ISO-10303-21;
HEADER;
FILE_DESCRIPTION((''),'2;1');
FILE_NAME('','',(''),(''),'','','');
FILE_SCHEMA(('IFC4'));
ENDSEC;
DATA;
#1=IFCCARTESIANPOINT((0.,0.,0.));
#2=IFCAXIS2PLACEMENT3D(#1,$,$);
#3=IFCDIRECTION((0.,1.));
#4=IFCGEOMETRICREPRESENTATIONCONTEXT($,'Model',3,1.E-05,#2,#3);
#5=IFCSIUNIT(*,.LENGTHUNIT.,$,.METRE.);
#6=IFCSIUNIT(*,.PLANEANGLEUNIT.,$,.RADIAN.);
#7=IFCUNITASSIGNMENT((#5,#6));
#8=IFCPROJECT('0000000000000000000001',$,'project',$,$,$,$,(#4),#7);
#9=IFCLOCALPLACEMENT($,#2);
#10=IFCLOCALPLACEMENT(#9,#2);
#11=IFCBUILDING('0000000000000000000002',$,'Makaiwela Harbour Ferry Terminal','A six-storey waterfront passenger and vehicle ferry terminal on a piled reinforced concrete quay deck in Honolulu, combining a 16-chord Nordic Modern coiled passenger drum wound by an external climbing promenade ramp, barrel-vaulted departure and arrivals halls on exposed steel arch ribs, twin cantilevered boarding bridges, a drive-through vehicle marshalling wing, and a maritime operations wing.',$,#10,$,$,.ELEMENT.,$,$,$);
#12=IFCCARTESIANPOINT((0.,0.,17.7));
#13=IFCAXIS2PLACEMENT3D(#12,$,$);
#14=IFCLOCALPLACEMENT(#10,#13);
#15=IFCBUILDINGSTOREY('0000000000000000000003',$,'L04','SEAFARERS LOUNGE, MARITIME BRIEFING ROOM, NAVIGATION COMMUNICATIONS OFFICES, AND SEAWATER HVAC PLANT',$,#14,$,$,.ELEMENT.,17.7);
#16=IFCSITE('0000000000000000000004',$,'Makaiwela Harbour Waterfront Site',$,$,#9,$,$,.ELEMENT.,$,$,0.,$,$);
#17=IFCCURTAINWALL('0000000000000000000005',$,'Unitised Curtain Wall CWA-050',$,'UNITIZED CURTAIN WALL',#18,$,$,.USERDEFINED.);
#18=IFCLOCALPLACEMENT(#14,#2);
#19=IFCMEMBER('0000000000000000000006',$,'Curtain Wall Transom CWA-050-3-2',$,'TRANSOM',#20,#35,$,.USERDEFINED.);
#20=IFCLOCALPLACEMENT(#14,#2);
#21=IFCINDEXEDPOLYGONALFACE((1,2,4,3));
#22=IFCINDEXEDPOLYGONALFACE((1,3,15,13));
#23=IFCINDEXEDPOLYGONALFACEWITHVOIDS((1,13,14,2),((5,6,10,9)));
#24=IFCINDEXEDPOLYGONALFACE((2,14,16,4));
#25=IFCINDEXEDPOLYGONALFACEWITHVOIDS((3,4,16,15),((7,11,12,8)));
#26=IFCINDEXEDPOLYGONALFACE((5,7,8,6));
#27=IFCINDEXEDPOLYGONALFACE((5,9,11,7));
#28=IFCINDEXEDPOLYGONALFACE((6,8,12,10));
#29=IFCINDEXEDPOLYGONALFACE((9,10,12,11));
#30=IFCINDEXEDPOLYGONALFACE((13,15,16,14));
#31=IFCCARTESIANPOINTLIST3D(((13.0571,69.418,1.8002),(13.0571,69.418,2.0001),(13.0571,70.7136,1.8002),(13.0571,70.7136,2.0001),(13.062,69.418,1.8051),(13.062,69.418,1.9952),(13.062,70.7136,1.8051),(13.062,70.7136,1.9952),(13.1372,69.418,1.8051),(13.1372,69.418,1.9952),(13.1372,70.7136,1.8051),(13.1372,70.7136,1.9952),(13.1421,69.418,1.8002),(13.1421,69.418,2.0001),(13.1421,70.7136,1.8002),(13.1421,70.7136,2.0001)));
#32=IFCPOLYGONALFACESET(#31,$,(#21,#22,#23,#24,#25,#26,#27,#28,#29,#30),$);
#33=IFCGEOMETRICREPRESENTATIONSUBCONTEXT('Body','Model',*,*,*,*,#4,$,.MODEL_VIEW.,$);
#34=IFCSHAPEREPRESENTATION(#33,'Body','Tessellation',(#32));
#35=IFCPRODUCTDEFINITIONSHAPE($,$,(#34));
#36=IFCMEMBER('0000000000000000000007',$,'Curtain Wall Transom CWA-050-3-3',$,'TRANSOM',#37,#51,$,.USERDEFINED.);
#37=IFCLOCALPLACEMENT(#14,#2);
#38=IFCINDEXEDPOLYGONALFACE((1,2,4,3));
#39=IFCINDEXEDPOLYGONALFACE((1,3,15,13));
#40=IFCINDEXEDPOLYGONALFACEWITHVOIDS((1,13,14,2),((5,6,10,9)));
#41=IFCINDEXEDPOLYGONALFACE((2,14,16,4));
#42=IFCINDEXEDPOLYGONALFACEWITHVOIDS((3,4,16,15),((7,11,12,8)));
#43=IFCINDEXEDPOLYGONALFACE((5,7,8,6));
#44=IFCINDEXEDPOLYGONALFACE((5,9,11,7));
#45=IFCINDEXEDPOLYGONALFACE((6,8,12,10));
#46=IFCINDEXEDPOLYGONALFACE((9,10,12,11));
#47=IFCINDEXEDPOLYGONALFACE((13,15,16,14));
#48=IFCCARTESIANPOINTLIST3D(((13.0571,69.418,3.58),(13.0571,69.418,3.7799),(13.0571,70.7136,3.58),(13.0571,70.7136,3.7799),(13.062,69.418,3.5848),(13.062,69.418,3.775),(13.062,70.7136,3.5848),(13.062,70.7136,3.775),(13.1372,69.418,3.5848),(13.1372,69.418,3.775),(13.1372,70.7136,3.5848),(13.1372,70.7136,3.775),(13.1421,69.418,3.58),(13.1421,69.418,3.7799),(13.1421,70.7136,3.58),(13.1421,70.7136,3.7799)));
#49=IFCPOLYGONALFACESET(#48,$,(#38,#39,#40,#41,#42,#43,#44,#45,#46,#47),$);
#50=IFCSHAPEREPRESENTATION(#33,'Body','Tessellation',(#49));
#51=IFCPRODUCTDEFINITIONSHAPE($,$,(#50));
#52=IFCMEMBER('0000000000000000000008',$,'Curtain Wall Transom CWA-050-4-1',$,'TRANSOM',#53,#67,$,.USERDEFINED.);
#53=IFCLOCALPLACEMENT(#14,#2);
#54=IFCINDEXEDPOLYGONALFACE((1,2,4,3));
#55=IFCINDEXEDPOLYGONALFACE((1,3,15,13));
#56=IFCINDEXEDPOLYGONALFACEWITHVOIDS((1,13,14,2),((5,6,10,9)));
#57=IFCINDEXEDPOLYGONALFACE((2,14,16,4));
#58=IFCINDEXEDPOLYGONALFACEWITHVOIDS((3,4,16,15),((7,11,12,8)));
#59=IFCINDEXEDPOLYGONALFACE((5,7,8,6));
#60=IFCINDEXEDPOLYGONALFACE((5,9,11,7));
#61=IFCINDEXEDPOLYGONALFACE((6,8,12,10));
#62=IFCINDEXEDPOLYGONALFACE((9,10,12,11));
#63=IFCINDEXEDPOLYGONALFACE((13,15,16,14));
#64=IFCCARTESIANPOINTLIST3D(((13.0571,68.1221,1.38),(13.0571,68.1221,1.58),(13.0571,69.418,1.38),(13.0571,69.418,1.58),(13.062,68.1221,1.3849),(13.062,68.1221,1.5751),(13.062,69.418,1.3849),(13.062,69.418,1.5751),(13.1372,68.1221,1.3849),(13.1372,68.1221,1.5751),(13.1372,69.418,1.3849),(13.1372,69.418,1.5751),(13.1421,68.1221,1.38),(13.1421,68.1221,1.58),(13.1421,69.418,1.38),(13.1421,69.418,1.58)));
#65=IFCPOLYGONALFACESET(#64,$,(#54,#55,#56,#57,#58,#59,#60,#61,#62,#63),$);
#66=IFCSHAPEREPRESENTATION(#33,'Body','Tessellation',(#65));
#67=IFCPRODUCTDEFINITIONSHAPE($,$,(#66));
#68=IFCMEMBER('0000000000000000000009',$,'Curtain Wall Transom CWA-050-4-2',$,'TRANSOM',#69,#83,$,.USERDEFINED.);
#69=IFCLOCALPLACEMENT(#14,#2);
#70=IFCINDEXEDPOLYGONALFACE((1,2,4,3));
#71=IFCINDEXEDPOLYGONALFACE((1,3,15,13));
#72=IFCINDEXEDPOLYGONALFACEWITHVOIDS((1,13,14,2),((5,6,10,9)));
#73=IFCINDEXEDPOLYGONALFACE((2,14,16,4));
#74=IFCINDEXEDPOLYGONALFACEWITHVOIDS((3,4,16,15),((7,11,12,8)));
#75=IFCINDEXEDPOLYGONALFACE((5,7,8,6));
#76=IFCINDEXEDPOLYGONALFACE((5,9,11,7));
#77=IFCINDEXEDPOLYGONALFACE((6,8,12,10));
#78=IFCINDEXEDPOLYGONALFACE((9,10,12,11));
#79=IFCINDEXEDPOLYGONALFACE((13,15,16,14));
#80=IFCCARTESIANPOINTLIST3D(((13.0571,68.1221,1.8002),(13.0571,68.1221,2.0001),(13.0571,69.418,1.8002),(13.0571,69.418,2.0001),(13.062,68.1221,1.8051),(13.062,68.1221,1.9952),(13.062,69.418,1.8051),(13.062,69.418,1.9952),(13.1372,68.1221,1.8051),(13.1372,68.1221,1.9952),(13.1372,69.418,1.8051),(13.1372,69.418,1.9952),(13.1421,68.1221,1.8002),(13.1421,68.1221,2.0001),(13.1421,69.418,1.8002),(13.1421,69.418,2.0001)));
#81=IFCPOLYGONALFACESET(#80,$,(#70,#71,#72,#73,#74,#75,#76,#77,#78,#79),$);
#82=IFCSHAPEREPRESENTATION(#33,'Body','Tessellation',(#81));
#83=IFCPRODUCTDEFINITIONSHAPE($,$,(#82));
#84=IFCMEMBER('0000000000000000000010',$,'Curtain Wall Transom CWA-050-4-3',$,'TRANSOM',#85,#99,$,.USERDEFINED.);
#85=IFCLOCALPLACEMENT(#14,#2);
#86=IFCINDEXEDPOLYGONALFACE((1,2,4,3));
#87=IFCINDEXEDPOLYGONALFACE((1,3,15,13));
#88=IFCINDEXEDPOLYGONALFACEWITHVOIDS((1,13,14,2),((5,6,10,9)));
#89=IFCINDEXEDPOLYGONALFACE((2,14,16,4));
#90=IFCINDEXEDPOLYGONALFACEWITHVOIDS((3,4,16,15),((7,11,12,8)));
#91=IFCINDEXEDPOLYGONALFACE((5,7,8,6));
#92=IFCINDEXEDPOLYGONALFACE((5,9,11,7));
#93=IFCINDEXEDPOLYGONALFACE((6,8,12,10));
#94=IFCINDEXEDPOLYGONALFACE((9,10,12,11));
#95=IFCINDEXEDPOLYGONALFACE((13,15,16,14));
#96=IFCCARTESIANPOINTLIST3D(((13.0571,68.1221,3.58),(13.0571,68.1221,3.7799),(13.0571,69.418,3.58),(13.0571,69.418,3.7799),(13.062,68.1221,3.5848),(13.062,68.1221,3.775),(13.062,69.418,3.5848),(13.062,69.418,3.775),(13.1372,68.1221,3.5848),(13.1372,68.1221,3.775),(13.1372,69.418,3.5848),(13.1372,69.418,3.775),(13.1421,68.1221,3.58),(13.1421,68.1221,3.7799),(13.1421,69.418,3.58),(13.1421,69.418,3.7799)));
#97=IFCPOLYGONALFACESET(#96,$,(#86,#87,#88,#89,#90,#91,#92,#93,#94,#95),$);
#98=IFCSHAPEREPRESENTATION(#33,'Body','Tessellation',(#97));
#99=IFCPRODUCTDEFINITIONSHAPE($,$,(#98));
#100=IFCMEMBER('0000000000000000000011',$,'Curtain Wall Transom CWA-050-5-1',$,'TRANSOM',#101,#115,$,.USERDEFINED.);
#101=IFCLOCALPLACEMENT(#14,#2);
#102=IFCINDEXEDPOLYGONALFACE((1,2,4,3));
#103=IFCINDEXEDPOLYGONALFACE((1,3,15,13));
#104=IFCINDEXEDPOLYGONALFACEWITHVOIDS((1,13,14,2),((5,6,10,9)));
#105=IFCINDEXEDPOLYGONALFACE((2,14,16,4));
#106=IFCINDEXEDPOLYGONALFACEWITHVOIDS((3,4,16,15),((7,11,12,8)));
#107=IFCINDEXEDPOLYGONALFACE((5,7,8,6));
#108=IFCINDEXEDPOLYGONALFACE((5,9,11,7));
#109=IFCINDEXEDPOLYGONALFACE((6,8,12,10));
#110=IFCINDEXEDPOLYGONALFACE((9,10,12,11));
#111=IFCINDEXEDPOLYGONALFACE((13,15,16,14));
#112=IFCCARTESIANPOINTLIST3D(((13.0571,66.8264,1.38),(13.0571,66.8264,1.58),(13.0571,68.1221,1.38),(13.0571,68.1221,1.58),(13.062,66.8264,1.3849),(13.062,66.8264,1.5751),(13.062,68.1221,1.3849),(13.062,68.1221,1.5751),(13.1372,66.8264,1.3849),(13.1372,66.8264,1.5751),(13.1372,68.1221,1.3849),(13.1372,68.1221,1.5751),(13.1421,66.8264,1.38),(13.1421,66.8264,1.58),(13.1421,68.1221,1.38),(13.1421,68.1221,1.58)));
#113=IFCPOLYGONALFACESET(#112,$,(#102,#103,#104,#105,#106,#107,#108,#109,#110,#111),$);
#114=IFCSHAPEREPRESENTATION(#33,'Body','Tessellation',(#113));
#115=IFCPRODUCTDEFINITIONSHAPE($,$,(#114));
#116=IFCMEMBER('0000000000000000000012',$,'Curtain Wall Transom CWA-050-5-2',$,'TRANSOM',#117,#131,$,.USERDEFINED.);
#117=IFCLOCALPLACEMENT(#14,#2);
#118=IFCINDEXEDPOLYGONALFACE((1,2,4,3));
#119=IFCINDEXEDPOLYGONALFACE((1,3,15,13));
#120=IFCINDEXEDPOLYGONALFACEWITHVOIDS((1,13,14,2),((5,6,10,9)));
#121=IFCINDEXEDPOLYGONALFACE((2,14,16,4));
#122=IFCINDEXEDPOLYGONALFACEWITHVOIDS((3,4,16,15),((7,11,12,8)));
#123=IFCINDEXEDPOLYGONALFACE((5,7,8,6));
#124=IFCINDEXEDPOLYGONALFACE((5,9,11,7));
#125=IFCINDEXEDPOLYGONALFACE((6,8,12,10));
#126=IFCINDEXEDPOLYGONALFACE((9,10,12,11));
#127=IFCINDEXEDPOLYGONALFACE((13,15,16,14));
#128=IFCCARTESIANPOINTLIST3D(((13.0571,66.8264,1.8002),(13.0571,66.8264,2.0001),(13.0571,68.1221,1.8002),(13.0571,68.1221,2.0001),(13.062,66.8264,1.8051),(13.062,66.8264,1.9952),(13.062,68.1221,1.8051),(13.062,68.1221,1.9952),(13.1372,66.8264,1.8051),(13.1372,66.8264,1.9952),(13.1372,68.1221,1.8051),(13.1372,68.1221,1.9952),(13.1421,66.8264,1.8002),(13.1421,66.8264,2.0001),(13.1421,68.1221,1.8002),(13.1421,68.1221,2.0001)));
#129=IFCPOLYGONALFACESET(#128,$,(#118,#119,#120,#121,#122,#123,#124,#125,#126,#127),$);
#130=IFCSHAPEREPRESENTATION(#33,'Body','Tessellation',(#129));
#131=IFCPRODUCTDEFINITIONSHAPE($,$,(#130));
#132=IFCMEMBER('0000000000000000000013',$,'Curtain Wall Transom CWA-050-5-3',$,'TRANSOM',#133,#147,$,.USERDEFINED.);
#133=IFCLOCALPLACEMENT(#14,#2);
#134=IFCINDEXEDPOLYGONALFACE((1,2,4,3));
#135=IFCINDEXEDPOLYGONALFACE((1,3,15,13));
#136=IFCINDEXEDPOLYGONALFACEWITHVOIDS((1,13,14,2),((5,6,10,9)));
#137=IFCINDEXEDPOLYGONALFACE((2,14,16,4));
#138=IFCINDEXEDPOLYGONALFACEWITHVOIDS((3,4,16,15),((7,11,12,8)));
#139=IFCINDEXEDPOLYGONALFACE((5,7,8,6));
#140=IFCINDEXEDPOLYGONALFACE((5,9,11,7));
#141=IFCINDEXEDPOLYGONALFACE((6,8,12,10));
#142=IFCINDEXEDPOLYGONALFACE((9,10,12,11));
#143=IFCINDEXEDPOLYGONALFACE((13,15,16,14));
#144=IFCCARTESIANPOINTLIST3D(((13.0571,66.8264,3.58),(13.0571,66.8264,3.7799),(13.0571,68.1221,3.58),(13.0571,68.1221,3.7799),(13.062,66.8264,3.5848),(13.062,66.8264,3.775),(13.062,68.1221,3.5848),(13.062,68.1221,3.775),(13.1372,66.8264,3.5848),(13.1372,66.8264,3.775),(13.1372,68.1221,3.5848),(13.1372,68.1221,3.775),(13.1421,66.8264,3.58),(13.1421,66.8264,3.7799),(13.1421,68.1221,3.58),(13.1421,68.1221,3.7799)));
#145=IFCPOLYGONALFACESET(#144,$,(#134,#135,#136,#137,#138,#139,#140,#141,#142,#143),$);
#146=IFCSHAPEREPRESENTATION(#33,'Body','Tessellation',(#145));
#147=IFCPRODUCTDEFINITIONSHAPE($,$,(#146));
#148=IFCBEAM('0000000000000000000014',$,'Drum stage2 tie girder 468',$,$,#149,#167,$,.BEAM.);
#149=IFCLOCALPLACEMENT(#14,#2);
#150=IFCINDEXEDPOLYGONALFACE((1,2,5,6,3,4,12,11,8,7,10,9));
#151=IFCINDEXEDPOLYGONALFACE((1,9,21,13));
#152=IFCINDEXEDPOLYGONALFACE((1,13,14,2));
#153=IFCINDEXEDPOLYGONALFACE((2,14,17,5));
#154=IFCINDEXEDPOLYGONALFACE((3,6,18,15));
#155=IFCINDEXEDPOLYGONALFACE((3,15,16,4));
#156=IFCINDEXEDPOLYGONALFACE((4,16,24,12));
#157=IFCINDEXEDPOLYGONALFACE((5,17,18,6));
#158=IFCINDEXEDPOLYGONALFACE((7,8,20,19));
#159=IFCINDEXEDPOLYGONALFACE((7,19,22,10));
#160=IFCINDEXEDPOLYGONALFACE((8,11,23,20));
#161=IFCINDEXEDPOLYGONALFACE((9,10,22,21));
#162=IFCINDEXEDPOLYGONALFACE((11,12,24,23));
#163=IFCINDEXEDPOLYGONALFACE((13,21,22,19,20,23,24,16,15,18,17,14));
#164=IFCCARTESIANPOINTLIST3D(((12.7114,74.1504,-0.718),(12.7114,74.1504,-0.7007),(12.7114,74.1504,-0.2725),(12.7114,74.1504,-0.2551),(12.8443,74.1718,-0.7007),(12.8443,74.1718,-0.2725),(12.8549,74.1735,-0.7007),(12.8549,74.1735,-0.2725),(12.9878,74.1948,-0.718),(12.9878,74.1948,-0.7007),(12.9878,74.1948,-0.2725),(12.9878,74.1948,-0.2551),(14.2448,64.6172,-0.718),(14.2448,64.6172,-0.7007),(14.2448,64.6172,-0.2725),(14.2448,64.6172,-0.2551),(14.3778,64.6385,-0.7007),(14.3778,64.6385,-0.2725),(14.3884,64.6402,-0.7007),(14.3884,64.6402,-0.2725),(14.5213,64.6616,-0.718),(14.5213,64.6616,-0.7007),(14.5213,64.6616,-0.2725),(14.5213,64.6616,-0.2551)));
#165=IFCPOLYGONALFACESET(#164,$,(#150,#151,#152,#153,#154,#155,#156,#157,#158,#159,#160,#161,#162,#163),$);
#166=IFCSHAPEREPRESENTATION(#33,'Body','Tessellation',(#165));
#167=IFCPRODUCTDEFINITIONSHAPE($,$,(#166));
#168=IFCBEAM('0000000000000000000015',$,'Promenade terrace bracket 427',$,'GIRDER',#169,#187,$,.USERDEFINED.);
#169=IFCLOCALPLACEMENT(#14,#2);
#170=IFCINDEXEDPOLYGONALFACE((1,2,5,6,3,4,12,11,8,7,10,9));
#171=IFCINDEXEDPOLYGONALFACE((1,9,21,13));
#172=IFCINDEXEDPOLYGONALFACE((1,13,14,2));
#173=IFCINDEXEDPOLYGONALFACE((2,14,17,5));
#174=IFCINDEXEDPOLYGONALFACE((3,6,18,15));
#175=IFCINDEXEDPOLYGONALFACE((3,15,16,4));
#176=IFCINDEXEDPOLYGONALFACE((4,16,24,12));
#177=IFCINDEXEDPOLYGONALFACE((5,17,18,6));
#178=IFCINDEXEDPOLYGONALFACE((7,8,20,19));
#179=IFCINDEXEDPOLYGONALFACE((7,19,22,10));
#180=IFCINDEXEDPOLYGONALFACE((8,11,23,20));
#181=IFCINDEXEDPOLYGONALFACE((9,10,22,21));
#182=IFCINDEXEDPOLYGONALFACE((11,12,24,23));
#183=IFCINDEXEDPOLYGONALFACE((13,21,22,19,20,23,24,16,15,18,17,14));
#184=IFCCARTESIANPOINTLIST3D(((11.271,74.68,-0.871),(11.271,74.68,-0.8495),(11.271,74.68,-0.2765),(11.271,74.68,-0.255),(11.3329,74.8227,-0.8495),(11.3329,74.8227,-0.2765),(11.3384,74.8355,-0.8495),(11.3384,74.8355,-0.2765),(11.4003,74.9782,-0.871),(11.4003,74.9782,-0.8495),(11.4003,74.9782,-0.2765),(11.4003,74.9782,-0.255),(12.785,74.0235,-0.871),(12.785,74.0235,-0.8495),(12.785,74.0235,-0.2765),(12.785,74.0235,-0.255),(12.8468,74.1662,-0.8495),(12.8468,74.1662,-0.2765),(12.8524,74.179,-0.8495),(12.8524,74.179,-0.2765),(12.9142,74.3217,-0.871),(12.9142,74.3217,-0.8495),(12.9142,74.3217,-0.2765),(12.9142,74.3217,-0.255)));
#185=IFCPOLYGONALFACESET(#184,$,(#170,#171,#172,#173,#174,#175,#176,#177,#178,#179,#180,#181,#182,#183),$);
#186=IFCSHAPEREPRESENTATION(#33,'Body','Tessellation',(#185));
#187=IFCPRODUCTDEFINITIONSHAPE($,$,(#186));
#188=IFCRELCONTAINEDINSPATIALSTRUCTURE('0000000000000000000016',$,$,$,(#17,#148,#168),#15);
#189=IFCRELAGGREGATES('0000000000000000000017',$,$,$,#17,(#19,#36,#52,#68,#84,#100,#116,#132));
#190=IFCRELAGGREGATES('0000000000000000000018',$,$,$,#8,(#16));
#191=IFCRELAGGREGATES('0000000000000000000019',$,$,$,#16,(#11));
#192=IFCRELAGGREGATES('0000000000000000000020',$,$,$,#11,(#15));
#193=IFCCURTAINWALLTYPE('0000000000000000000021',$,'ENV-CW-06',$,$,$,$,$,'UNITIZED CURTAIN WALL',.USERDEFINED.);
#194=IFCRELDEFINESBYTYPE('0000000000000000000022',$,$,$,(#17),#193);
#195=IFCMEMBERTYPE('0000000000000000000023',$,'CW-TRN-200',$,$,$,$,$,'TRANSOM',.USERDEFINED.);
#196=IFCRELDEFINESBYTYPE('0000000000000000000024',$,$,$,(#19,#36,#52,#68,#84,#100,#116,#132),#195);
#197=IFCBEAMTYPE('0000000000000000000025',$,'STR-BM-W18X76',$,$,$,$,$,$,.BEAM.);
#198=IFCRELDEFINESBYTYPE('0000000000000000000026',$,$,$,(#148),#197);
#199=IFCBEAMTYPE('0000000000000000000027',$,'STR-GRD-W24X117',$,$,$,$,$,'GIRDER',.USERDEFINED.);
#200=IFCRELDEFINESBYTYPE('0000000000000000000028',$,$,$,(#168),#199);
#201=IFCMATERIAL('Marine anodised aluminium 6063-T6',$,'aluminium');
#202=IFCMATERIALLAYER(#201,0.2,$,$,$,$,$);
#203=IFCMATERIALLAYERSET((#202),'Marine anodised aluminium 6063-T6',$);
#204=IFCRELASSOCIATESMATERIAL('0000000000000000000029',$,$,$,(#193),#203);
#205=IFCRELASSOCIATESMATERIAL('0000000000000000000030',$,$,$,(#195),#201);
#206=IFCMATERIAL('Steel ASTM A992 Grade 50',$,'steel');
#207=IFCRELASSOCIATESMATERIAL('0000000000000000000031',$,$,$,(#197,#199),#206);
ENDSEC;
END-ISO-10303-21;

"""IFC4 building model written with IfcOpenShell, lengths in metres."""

from ifc_helpers import new_model, si_unit, direction, frame, origin, origin_2d, place, context, subcontext, project, spatial, hollow_rectangle, i_section, extrude, material, layer, layer_set, material_profile, profile_set, type_object, element, aggregate, save


model = new_model("IFC4")

# Units and contexts
model_context = context("Model", 3, precision=1e-05, world=origin(), true_north=direction((0.0, 1.0)))
body_context = subcontext(model_context, "Body", "Model", "MODEL_VIEW")
ifc_project = project(units=[si_unit("LENGTHUNIT", "METRE"), si_unit("PLANEANGLEUNIT", "RADIAN")], contexts=[model_context])

# Site, building, storey
site_placement = place(None, origin())
site = spatial("IfcSite", under=ifc_project, at=site_placement, Name="Makaiwela Harbour Waterfront Site", CompositionType="ELEMENT", RefElevation=0.0)
building_placement = place(site_placement, origin())
building = spatial("IfcBuilding", under=site, at=building_placement, Name="Makaiwela Harbour Ferry Terminal", Description="A six-storey waterfront passenger and vehicle ferry terminal on a piled reinforced concrete quay deck in Honolulu, combining a 16-chord Nordic Modern coiled passenger drum wound by an external climbing promenade ramp, barrel-vaulted departure and arrivals halls on exposed steel arch ribs, twin cantilevered boarding bridges, a drive-through vehicle marshalling wing, and a maritime operations wing.", CompositionType="ELEMENT")
storey_placement = place(building_placement, frame((0.0, 0.0, 17.7)))
storey = spatial("IfcBuildingStorey", under=building, at=storey_placement, Name="L04", Description="SEAFARERS LOUNGE, MARITIME BRIEFING ROOM, NAVIGATION COMMUNICATIONS OFFICES, AND SEAWATER HVAC PLANT", CompositionType="ELEMENT", Elevation=17.7)

# Curtain wall, members
ifc_material_1 = material(Name="Marine anodised aluminium 6063-T6", Category="aluminium")
ifc_layer_1 = layer(ifc_material_1, 0.2)
ifc_layer_set_1 = layer_set([ifc_layer_1], Name="Marine anodised aluminium 6063-T6")
curtain_wall_type = type_object("IfcCurtainWallType", Name="ENV-CW-06", ElementType="UNITIZED CURTAIN WALL", PredefinedType="USERDEFINED", material=ifc_layer_set_1)
curtain_wall_placement = place(storey_placement, origin())
curtain_wall = element("IfcCurtainWall", 1, at=curtain_wall_placement, inside=storey, type_object=curtain_wall_type, Name="Unitised Curtain Wall CWA-050", ObjectType="UNITIZED CURTAIN WALL", PredefinedType="USERDEFINED")
ifc_material_profile_1 = material_profile(ifc_material_1, hollow_rectangle(XDim=0.085, YDim=0.2, WallThickness=0.0049, at=origin_2d()), Name="CWT-200X85")
ifc_profile_set_1 = profile_set([ifc_material_profile_1], Name="Marine anodised aluminium 6063-T6")
member_type_1 = type_object("IfcMemberType", Name="CW-TRN-200", ElementType="TRANSOM", PredefinedType="USERDEFINED", material=ifc_profile_set_1)
member_1_placement = place(storey_placement, frame((13.0996, 70.7136, 1.9001), z_axis=(0.0, -1.0, 0.0), x_axis=(1.0, 0.0, 0.0)))
member_1 = element("IfcMember", 2, at=member_1_placement, type_object=member_type_1, Name="Curtain Wall Transom CWA-050-3-2", ObjectType="TRANSOM", PredefinedType="USERDEFINED", context=body_context, shape_type="SweptSolid", body=[
    extrude(hollow_rectangle(XDim=0.085, YDim=0.2, WallThickness=0.0049, at=origin_2d()), origin(), (0.0, 0.0, 1.0), 1.2957),
])
member_2_placement = place(storey_placement, frame((13.0996, 70.7136, 3.6799), z_axis=(0.0, -1.0, 0.0), x_axis=(1.0, 0.0, 0.0)))
member_2 = element("IfcMember", 3, at=member_2_placement, type_object=member_type_1, Name="Curtain Wall Transom CWA-050-3-3", ObjectType="TRANSOM", PredefinedType="USERDEFINED", context=body_context, shape_type="SweptSolid", body=[
    extrude(hollow_rectangle(XDim=0.085, YDim=0.2, WallThickness=0.0049, at=origin_2d()), origin(), (0.0, 0.0, 1.0), 1.2957),
])
member_3_placement = place(storey_placement, frame((13.0996, 69.418, 1.48), z_axis=(0.0, -1.0, 0.0), x_axis=(1.0, 0.0, 0.0)))
member_3 = element("IfcMember", 4, at=member_3_placement, type_object=member_type_1, Name="Curtain Wall Transom CWA-050-4-1", ObjectType="TRANSOM", PredefinedType="USERDEFINED", context=body_context, shape_type="SweptSolid", body=[
    extrude(hollow_rectangle(XDim=0.085, YDim=0.2, WallThickness=0.0049, at=origin_2d()), origin(), (0.0, 0.0, 1.0), 1.2959),
])
member_4_placement = place(storey_placement, frame((13.0996, 69.418, 1.9001), z_axis=(0.0, -1.0, 0.0), x_axis=(1.0, 0.0, 0.0)))
member_4 = element("IfcMember", 5, at=member_4_placement, type_object=member_type_1, Name="Curtain Wall Transom CWA-050-4-2", ObjectType="TRANSOM", PredefinedType="USERDEFINED", context=body_context, shape_type="SweptSolid", body=[
    extrude(hollow_rectangle(XDim=0.085, YDim=0.2, WallThickness=0.0049, at=origin_2d()), origin(), (0.0, 0.0, 1.0), 1.2959),
])
member_5_placement = place(storey_placement, frame((13.0996, 69.418, 3.6799), z_axis=(0.0, -1.0, 0.0), x_axis=(1.0, 0.0, 0.0)))
member_5 = element("IfcMember", 6, at=member_5_placement, type_object=member_type_1, Name="Curtain Wall Transom CWA-050-4-3", ObjectType="TRANSOM", PredefinedType="USERDEFINED", context=body_context, shape_type="SweptSolid", body=[
    extrude(hollow_rectangle(XDim=0.085, YDim=0.2, WallThickness=0.0049, at=origin_2d()), origin(), (0.0, 0.0, 1.0), 1.2959),
])
member_6_placement = place(storey_placement, frame((13.0996, 68.1221, 1.48), z_axis=(0.0, -1.0, 0.0), x_axis=(1.0, 0.0, 0.0)))
member_6 = element("IfcMember", 7, at=member_6_placement, type_object=member_type_1, Name="Curtain Wall Transom CWA-050-5-1", ObjectType="TRANSOM", PredefinedType="USERDEFINED", context=body_context, shape_type="SweptSolid", body=[
    extrude(hollow_rectangle(XDim=0.085, YDim=0.2, WallThickness=0.0049, at=origin_2d()), origin(), (0.0, 0.0, 1.0), 1.2957),
])
member_7_placement = place(storey_placement, frame((13.0996, 68.1221, 1.9001), z_axis=(0.0, -1.0, 0.0), x_axis=(1.0, 0.0, 0.0)))
member_7 = element("IfcMember", 8, at=member_7_placement, type_object=member_type_1, Name="Curtain Wall Transom CWA-050-5-2", ObjectType="TRANSOM", PredefinedType="USERDEFINED", context=body_context, shape_type="SweptSolid", body=[
    extrude(hollow_rectangle(XDim=0.085, YDim=0.2, WallThickness=0.0049, at=origin_2d()), origin(), (0.0, 0.0, 1.0), 1.2957),
])
member_8_placement = place(storey_placement, frame((13.0996, 68.1221, 3.6799), z_axis=(0.0, -1.0, 0.0), x_axis=(1.0, 0.0, 0.0)))
member_8 = element("IfcMember", 9, at=member_8_placement, type_object=member_type_1, Name="Curtain Wall Transom CWA-050-5-3", ObjectType="TRANSOM", PredefinedType="USERDEFINED", context=body_context, shape_type="SweptSolid", body=[
    extrude(hollow_rectangle(XDim=0.085, YDim=0.2, WallThickness=0.0049, at=origin_2d()), origin(), (0.0, 0.0, 1.0), 1.2957),
])

# Beams
ifc_material_2 = material(Name="Steel ASTM A992 Grade 50", Category="steel")
ifc_material_profile_2 = material_profile(ifc_material_2, i_section(OverallWidth=0.28, OverallDepth=0.4629, WebThickness=0.0107, FlangeThickness=0.0173, at=origin_2d()), Name="W18X76")
ifc_profile_set_2 = profile_set([ifc_material_profile_2], Name="Steel ASTM A992 Grade 50")
beam_type_1 = type_object("IfcBeamType", Name="STR-BM-W18X76", PredefinedType="BEAM", material=ifc_profile_set_2)
beam_1_placement = place(storey_placement, frame((12.8496, 74.1726, -0.4866), z_axis=(0.158812, -0.987309, 0.0), x_axis=(0.987309, 0.158812, 0.0)))
element("IfcBeam", 10, at=beam_1_placement, inside=storey, type_object=beam_type_1, Name="Drum stage2 tie girder 468", PredefinedType="BEAM", context=body_context, shape_type="SweptSolid", body=[
    extrude(i_section(OverallWidth=0.28, OverallDepth=0.4629, WebThickness=0.0107, FlangeThickness=0.0173, at=origin_2d()), origin(), (0.0, 0.0, 1.0), 9.6558),
])
ifc_material_profile_3 = material_profile(ifc_material_2, i_section(OverallWidth=0.325, OverallDepth=0.616, WebThickness=0.0139, FlangeThickness=0.0215, at=origin_2d()), Name="W24X117")
ifc_profile_set_3 = profile_set([ifc_material_profile_3], Name="Steel ASTM A992 Grade 50")
beam_type_2 = type_object("IfcBeamType", Name="STR-GRD-W24X117", ElementType="GIRDER", PredefinedType="USERDEFINED", material=ifc_profile_set_3)
beam_2_placement = place(storey_placement, frame((12.8496, 74.1726, -0.563), z_axis=(-0.917453, 0.397844, 0.0), x_axis=(-0.397844, -0.917453, 0.0)))
element("IfcBeam", 11, at=beam_2_placement, inside=storey, type_object=beam_type_2, Name="Promenade terrace bracket 427", ObjectType="GIRDER", PredefinedType="USERDEFINED", context=body_context, shape_type="SweptSolid", body=[
    extrude(i_section(OverallWidth=0.325, OverallDepth=0.616, WebThickness=0.0139, FlangeThickness=0.0215, at=origin_2d()), origin(), (0.0, 0.0, 1.0), 1.6501),
])

aggregate(curtain_wall, [member_1, member_2, member_3, member_4, member_5, member_6, member_7, member_8])

save(model, "model.ifc")
